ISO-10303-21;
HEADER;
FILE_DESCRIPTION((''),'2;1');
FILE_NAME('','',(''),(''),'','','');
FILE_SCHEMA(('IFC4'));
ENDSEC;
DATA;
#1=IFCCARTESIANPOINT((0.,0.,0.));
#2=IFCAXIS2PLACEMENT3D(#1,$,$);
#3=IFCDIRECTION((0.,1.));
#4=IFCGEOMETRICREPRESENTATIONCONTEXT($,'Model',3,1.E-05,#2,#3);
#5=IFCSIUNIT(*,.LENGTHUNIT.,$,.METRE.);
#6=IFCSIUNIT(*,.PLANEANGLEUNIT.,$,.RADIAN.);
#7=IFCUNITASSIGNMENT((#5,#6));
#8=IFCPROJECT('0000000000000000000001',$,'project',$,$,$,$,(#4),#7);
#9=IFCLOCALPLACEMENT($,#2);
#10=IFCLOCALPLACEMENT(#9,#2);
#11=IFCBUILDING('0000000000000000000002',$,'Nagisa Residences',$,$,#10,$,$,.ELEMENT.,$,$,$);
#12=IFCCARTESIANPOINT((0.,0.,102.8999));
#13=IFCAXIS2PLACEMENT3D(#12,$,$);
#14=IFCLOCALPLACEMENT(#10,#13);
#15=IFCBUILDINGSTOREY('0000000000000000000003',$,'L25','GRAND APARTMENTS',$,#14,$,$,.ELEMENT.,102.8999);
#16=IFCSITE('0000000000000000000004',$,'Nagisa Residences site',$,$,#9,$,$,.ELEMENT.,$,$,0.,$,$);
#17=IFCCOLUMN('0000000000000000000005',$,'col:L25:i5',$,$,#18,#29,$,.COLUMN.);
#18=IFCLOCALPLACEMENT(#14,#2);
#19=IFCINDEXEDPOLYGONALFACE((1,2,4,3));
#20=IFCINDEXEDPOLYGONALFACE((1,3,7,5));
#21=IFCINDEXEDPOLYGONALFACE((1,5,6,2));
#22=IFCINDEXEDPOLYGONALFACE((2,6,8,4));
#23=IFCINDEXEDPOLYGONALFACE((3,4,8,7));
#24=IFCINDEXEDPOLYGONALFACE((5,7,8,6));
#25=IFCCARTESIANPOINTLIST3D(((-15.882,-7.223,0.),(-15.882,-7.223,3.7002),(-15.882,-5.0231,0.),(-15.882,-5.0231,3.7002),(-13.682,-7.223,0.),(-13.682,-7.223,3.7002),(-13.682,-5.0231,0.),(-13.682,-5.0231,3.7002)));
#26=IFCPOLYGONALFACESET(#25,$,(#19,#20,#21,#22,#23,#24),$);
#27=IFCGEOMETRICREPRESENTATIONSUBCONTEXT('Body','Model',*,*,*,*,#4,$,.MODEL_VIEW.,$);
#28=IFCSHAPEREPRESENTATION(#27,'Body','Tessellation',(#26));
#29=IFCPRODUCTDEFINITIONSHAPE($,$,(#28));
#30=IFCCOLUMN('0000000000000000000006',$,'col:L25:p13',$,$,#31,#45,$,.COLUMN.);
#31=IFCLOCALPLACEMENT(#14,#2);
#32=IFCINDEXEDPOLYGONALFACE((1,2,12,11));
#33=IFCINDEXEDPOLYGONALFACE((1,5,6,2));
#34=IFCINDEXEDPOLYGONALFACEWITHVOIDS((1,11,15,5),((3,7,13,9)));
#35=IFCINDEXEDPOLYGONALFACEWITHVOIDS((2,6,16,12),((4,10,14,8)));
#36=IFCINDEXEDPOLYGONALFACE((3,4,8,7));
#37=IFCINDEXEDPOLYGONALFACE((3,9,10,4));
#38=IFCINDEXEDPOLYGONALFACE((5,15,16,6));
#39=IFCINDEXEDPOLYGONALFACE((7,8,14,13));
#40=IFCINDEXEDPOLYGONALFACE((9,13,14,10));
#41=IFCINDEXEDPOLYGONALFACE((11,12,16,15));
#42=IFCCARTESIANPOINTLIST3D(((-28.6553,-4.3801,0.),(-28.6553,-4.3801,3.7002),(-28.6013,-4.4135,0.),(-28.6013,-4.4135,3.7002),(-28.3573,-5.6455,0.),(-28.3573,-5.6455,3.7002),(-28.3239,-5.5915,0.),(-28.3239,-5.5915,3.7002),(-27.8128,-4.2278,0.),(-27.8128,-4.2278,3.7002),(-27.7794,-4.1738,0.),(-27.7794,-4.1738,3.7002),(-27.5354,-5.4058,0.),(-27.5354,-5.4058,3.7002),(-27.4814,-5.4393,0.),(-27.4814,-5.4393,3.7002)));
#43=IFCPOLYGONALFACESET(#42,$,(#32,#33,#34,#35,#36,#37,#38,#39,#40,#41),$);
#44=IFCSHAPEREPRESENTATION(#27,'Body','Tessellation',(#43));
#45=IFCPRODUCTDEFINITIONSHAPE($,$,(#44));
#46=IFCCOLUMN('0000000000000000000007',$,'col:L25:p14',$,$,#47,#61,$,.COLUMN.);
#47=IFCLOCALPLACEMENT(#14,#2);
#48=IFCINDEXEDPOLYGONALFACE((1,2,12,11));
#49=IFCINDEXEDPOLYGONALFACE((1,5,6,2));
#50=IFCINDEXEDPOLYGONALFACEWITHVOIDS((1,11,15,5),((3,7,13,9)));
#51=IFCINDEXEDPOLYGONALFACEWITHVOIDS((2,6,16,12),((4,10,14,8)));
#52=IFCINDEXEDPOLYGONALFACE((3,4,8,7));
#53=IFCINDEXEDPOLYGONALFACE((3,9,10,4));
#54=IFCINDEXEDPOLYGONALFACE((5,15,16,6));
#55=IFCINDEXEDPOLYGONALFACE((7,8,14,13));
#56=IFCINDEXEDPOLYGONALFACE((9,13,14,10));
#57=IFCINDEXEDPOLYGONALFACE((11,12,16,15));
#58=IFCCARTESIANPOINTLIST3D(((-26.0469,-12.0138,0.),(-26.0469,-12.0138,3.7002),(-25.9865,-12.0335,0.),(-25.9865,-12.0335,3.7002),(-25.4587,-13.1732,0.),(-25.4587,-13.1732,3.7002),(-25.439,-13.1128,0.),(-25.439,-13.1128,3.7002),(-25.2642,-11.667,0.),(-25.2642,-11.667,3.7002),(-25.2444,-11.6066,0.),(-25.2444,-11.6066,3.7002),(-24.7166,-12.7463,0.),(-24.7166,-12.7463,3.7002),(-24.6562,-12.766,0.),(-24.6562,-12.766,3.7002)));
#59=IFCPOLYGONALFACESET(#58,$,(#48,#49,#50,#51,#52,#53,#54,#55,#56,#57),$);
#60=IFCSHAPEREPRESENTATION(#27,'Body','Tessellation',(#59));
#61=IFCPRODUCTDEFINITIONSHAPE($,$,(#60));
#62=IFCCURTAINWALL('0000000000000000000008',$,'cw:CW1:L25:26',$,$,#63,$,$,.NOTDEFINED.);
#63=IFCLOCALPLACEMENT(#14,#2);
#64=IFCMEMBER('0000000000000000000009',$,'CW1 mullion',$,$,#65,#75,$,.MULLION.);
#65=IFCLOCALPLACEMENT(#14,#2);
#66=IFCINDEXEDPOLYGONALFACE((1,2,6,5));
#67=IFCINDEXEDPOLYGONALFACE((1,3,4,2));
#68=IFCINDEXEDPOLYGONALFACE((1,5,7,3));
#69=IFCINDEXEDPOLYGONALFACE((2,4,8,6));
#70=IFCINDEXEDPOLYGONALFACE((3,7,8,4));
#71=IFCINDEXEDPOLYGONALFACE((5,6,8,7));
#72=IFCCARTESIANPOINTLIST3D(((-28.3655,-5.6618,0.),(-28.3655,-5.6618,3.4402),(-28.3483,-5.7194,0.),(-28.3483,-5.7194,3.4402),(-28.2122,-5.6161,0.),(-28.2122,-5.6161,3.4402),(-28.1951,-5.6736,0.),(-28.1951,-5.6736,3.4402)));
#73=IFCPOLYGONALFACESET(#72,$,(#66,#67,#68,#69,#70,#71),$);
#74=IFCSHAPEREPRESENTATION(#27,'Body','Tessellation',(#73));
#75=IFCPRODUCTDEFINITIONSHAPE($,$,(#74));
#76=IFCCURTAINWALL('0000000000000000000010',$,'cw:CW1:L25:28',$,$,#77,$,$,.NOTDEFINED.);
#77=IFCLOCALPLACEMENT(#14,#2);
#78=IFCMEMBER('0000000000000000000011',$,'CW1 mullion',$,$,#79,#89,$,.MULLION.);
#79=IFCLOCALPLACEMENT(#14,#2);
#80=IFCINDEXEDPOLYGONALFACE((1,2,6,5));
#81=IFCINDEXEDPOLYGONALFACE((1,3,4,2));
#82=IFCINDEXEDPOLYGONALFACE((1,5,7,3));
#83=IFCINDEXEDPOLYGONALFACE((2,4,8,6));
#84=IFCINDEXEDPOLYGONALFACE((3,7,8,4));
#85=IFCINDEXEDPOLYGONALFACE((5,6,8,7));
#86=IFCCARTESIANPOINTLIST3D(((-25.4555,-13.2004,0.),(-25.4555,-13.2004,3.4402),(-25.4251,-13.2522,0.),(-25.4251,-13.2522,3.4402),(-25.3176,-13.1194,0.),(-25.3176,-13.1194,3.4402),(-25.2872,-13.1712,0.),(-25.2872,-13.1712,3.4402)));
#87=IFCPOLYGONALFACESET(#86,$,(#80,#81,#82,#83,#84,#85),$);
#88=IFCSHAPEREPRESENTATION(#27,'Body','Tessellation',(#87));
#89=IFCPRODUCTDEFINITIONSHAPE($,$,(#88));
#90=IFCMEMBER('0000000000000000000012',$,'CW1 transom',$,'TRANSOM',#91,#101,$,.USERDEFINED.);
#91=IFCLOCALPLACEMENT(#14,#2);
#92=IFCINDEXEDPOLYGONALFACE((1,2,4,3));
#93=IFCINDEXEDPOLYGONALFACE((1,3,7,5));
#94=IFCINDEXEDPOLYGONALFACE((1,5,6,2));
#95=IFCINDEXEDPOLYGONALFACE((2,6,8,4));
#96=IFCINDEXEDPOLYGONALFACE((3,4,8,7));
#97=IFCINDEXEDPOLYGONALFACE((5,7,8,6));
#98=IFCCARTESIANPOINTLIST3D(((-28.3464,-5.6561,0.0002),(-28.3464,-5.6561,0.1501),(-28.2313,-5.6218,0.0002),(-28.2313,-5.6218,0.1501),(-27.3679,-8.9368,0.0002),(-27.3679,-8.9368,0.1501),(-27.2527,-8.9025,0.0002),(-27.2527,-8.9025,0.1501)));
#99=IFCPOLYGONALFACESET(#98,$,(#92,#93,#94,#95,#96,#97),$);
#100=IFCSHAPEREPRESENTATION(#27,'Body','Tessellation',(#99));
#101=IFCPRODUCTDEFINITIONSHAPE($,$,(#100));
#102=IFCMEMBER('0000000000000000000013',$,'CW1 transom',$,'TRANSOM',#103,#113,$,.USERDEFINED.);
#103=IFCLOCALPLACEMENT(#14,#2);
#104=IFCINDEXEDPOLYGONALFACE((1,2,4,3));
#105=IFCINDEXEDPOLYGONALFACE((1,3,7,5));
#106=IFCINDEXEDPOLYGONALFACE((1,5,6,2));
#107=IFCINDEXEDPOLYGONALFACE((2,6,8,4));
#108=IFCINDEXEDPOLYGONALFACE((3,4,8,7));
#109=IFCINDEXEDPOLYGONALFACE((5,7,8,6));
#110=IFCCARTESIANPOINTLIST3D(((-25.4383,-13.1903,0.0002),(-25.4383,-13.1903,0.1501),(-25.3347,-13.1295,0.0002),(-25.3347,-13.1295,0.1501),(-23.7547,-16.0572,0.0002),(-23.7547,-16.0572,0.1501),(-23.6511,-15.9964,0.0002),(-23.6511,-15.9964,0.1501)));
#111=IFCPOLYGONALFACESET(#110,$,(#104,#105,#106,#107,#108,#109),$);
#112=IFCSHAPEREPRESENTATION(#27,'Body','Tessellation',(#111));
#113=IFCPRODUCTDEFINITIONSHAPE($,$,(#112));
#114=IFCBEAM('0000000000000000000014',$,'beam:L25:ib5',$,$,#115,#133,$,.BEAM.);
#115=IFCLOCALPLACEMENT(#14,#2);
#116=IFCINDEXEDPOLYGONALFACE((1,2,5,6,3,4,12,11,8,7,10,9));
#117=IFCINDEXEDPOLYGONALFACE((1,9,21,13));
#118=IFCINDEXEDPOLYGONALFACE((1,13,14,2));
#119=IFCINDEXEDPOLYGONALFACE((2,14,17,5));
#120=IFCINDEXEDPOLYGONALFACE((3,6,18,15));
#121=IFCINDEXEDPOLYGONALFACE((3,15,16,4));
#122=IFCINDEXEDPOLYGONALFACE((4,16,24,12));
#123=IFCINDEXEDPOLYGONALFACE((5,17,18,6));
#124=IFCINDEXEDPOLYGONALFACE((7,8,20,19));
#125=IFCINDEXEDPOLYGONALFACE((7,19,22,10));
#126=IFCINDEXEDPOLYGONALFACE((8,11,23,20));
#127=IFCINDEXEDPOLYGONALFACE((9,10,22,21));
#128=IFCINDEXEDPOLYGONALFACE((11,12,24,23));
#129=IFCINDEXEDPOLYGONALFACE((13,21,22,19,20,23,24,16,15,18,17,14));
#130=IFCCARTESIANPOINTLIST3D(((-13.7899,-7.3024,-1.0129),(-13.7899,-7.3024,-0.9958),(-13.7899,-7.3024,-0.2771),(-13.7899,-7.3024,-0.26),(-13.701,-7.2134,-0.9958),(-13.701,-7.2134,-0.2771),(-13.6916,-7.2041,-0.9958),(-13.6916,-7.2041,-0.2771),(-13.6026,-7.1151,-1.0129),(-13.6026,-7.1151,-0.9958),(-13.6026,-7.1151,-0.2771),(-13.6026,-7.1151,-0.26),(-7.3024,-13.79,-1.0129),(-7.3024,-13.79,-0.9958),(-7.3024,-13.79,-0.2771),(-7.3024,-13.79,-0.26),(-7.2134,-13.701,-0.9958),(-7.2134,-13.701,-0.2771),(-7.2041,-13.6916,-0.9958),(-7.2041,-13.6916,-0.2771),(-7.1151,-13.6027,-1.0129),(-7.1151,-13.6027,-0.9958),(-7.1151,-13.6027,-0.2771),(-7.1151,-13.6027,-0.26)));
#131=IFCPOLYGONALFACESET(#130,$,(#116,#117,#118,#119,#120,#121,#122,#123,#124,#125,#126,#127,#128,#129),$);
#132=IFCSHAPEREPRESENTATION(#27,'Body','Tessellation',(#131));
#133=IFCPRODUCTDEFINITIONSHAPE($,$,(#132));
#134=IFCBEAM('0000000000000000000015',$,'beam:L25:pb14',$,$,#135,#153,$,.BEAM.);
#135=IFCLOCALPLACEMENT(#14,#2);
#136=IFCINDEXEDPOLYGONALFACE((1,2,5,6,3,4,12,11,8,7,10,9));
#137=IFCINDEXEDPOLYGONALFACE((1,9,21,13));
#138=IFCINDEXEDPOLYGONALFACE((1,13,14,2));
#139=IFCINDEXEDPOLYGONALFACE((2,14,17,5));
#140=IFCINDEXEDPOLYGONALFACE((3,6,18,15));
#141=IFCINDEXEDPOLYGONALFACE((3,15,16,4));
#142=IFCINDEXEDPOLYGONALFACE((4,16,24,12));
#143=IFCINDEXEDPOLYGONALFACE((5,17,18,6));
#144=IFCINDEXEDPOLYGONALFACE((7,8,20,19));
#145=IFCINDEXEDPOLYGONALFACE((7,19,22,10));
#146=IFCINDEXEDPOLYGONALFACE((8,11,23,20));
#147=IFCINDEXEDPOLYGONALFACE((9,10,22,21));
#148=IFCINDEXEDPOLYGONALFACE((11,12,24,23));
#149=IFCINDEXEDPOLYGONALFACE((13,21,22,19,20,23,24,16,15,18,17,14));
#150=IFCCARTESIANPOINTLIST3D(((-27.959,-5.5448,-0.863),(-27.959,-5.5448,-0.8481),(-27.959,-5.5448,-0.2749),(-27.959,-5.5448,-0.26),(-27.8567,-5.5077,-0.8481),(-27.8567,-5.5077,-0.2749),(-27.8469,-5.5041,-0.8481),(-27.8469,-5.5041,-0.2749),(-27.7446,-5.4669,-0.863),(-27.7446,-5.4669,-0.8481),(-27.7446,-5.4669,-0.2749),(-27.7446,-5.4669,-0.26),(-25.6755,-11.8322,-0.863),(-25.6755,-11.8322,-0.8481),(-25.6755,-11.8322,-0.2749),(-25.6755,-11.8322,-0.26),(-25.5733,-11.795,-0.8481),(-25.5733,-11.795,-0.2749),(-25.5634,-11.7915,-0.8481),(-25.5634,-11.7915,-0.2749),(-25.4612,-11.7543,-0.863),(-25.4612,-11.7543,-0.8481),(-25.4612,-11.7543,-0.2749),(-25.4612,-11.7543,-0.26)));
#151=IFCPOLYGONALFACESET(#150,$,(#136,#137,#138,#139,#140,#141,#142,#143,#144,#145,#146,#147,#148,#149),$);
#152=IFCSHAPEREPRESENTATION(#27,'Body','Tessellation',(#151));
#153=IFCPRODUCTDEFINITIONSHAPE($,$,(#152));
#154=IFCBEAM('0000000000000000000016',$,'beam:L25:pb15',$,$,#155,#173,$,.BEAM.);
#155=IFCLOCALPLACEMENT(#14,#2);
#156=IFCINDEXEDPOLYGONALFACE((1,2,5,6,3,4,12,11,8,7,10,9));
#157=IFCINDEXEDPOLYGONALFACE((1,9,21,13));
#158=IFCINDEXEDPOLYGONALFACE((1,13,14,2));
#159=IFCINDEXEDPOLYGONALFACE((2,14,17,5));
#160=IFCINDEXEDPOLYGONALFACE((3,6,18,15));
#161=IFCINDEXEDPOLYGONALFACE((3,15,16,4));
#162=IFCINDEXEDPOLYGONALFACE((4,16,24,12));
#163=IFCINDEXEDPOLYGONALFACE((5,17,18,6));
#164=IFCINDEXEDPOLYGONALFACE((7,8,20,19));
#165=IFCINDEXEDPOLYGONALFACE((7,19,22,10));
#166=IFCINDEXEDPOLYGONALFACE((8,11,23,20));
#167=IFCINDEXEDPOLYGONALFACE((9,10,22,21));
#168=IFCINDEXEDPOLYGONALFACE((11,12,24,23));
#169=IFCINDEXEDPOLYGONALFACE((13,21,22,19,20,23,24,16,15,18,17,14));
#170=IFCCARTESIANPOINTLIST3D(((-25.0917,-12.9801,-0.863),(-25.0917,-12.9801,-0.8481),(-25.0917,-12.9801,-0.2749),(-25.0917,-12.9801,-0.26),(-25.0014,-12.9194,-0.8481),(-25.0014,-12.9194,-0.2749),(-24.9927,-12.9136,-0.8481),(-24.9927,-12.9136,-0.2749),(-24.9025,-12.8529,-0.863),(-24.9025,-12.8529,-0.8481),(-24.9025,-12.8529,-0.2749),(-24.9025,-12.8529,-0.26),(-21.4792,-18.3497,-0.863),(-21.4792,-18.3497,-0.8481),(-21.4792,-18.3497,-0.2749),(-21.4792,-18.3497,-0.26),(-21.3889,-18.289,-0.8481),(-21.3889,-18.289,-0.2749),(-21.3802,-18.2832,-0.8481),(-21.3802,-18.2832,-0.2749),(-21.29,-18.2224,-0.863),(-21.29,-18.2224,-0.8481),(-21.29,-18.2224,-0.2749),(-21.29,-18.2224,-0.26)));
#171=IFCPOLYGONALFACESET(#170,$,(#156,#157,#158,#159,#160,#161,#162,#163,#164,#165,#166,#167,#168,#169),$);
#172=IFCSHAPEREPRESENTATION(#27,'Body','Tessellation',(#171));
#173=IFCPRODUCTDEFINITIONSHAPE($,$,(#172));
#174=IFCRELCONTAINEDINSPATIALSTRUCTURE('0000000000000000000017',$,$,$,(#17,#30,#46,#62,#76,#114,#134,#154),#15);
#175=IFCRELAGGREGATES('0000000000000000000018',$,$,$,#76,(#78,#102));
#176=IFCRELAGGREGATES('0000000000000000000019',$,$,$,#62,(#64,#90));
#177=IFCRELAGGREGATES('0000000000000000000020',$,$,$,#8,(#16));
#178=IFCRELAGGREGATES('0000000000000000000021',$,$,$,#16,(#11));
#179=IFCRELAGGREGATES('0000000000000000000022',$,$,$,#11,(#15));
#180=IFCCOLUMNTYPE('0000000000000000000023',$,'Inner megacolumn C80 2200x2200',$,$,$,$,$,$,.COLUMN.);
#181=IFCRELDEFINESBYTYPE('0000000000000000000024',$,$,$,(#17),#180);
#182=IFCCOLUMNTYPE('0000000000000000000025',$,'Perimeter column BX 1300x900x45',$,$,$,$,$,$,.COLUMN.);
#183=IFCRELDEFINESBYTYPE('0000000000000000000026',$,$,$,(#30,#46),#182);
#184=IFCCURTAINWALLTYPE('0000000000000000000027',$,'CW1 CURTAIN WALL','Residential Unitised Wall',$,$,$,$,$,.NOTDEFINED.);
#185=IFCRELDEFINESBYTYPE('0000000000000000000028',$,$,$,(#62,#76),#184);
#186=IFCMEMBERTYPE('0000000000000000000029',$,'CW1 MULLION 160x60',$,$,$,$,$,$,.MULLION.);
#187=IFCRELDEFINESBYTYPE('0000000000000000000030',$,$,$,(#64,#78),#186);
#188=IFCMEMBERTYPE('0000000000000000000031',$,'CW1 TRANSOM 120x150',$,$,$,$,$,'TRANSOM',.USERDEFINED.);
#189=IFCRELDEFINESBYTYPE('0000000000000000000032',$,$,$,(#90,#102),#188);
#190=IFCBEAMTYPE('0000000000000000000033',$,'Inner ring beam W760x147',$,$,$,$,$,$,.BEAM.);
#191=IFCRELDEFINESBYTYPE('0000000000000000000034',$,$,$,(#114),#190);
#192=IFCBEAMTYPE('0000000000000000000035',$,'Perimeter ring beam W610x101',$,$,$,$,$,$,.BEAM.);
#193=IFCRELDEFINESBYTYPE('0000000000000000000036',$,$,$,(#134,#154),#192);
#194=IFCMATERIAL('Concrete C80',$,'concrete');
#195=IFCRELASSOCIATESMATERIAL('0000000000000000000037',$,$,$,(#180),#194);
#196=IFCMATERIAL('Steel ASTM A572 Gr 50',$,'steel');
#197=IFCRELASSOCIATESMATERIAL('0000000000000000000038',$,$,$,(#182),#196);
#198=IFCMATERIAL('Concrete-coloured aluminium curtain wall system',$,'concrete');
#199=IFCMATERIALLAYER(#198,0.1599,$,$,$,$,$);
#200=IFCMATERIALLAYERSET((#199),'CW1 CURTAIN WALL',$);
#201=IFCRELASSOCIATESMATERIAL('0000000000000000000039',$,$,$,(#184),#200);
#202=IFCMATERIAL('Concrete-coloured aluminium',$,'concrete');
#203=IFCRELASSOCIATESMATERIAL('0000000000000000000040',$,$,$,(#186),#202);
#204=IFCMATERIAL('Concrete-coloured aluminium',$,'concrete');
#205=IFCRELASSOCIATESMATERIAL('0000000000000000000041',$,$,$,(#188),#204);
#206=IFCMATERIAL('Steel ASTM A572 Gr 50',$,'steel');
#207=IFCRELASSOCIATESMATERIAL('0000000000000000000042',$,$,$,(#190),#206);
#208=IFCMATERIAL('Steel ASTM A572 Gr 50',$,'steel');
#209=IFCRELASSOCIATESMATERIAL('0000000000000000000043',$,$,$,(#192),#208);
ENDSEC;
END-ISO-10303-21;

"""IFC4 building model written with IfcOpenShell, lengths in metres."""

from ifc_helpers import new_model, si_unit, direction, frame, origin, origin_2d, place, context, subcontext, project, spatial, rectangle, hollow_rectangle, i_section, extrude, material, layer, layer_set, material_profile, profile_set, type_object, element, aggregate, save


model = new_model("IFC4")

# Units and contexts
model_context = context("Model", 3, precision=1e-05, world=origin(), true_north=direction((0.0, 1.0)))
body_context = subcontext(model_context, "Body", "Model", "MODEL_VIEW")
ifc_project = project(units=[si_unit("LENGTHUNIT", "METRE"), si_unit("PLANEANGLEUNIT", "RADIAN")], contexts=[model_context])

# Site, building, storey
site_placement = place(None, origin())
site = spatial("IfcSite", under=ifc_project, at=site_placement, Name="Nagisa Residences site", CompositionType="ELEMENT", RefElevation=0.0)
building_placement = place(site_placement, origin())
building = spatial("IfcBuilding", under=site, at=building_placement, Name="Nagisa Residences", CompositionType="ELEMENT")
storey_placement = place(building_placement, frame((0.0, 0.0, 102.8999)))
storey = spatial("IfcBuildingStorey", under=building, at=storey_placement, Name="L25", Description="GRAND APARTMENTS", CompositionType="ELEMENT", Elevation=102.8999)

# Columns
ifc_material_1 = material(Name="Concrete C80", Category="concrete")
ifc_material_profile_1 = material_profile(ifc_material_1, rectangle(XDim=2.2, YDim=2.2, at=origin_2d()), Name="C80 2200x2200")
ifc_profile_set_1 = profile_set([ifc_material_profile_1], Name="Concrete C80")
column_type_1 = type_object("IfcColumnType", Name="Inner megacolumn C80 2200x2200", PredefinedType="COLUMN", material=ifc_profile_set_1)
column_placement = place(storey_placement, frame((-14.782, -6.123, 0.0), z_axis=(0.0, 0.0, 1.0), x_axis=(1.0, 0.0, 0.0)))
element("IfcColumn", 1, at=column_placement, inside=storey, type_object=column_type_1, Name="col:L25:i5", PredefinedType="COLUMN", context=body_context, shape_type="SweptSolid", body=[
    extrude(rectangle(XDim=2.2, YDim=2.2, at=origin_2d()), origin(), (0.0, 0.0, 1.0), 3.7002),
])
ifc_material_2 = material(Name="Steel ASTM A572 Gr 50", Category="steel")
ifc_material_profile_2 = material_profile(ifc_material_2, hollow_rectangle(XDim=1.3, YDim=0.8999, WallThickness=0.0449, at=origin_2d()), Name="BX 1300x900x45")
ifc_profile_set_2 = profile_set([ifc_material_profile_2], Name="Steel ASTM A572 Gr 50")
column_type_2 = type_object("IfcColumnType", Name="Perimeter column BX 1300x900x45", PredefinedType="COLUMN", material=ifc_profile_set_2)
for number, where, z_axis, x_axis, name in (
    (2, (-28.0684, -4.9097, 0.0), (0.0, 0.0, 1.0), (0.229202, -0.973379, 0.0), "col:L25:p13"),
    (3, (-25.3516, -12.3899, 0.0), (0.0, 0.0, 1.0), (0.452463, -0.891783, 0.0), "col:L25:p14"),
):
    element("IfcColumn", number, at=place(storey_placement, frame(where, z_axis=z_axis, x_axis=x_axis)), inside=storey, type_object=column_type_2, Name=name, PredefinedType="COLUMN", context=body_context, shape_type="SweptSolid", body=[
        extrude(hollow_rectangle(XDim=1.3, YDim=0.8999, WallThickness=0.0449, at=origin_2d()), origin(), (0.0, 0.0, 1.0), 3.7002),
    ])

# Curtain walls, members
ifc_material_3 = material(Name="Concrete-coloured aluminium curtain wall system", Category="concrete")
ifc_layer_1 = layer(ifc_material_3, 0.1599)
ifc_layer_set_1 = layer_set([ifc_layer_1], Name="CW1 CURTAIN WALL")
curtain_wall_type = type_object("IfcCurtainWallType", Name="CW1 CURTAIN WALL", Description="Residential Unitised Wall", PredefinedType="NOTDEFINED", material=ifc_layer_set_1)
curtain_wall_1_placement = place(storey_placement, origin())
curtain_wall_1 = element("IfcCurtainWall", 4, at=curtain_wall_1_placement, inside=storey, type_object=curtain_wall_type, Name="cw:CW1:L25:26", PredefinedType="NOTDEFINED")
ifc_material_4 = material(Name="Concrete-coloured aluminium", Category="concrete")
ifc_material_profile_3 = material_profile(ifc_material_4, rectangle(XDim=0.1599, YDim=0.0601, at=origin_2d()), Name="CW1 MULLION 160x60")
ifc_profile_set_3 = profile_set([ifc_material_profile_3], Name="Concrete-coloured aluminium")
member_type_1 = type_object("IfcMemberType", Name="CW1 MULLION 160x60", PredefinedType="MULLION", material=ifc_profile_set_3)
member_1_placement = place(storey_placement, frame((-28.2803, -5.6677, 0.0), z_axis=(0.0, 0.0, 1.0), x_axis=(0.958271, 0.28586, 0.0)))
member_1 = element("IfcMember", 5, at=member_1_placement, type_object=member_type_1, Name="CW1 mullion", PredefinedType="MULLION", context=body_context, shape_type="SweptSolid", body=[
    extrude(rectangle(XDim=0.1599, YDim=0.0601, at=origin_2d()), origin(), (0.0, 0.0, 1.0), 3.4402),
])
curtain_wall_2_placement = place(storey_placement, origin())
curtain_wall_2 = element("IfcCurtainWall", 6, at=curtain_wall_2_placement, inside=storey, type_object=curtain_wall_type, Name="cw:CW1:L25:28", PredefinedType="NOTDEFINED")
member_2_placement = place(storey_placement, frame((-25.3713, -13.1858, 0.0), z_axis=(0.0, 0.0, 1.0), x_axis=(0.862329, 0.506349, 0.0)))
member_2 = element("IfcMember", 7, at=member_2_placement, type_object=member_type_1, Name="CW1 mullion", PredefinedType="MULLION", context=body_context, shape_type="SweptSolid", body=[
    extrude(rectangle(XDim=0.1599, YDim=0.0601, at=origin_2d()), origin(), (0.0, 0.0, 1.0), 3.4402),
])

# Members
ifc_material_5 = material(Name="Concrete-coloured aluminium", Category="concrete")
ifc_material_profile_4 = material_profile(ifc_material_5, rectangle(XDim=0.1201, YDim=0.1499, at=origin_2d()), Name="CW1 TRANSOM 120x150")
ifc_profile_set_4 = profile_set([ifc_material_profile_4], Name="Concrete-coloured aluminium")
member_type_2 = type_object("IfcMemberType", Name="CW1 TRANSOM 120x150", ElementType="TRANSOM", PredefinedType="USERDEFINED", material=ifc_profile_set_4)
member_3_placement = place(storey_placement, frame((-28.2888, -5.6389, 0.0752), z_axis=(0.285817, -0.958284, 0.0), x_axis=(0.958284, 0.285817, 0.0)))
member_3 = element("IfcMember", 8, at=member_3_placement, type_object=member_type_2, Name="CW1 transom", ObjectType="TRANSOM", PredefinedType="USERDEFINED", context=body_context, shape_type="SweptSolid", body=[
    extrude(rectangle(XDim=0.1201, YDim=0.1499, at=origin_2d()), origin(), (0.0, 0.0, 1.0), 3.4236),
])
member_4_placement = place(storey_placement, frame((-25.3865, -13.1599, 0.0752), z_axis=(0.506385, -0.862308, 0.0), x_axis=(0.862308, 0.506385, 0.0)))
member_4 = element("IfcMember", 9, at=member_4_placement, type_object=member_type_2, Name="CW1 transom", ObjectType="TRANSOM", PredefinedType="USERDEFINED", context=body_context, shape_type="SweptSolid", body=[
    extrude(rectangle(XDim=0.1201, YDim=0.1499, at=origin_2d()), origin(), (0.0, 0.0, 1.0), 3.3247),
])
aggregate(curtain_wall_2, [member_2, member_4])

# Beams
ifc_material_6 = material(Name="Steel ASTM A572 Gr 50", Category="steel")
ifc_material_profile_5 = material_profile(ifc_material_6, i_section(OverallWidth=0.2649, OverallDepth=0.7529, WebThickness=0.0132, FlangeThickness=0.0171, at=origin_2d()), Name="W760x147")
ifc_profile_set_5 = profile_set([ifc_material_profile_5], Name="Steel ASTM A572 Gr 50")
beam_type_1 = type_object("IfcBeamType", Name="Inner ring beam W760x147", PredefinedType="BEAM", material=ifc_profile_set_5)
beam_1_placement = place(storey_placement, frame((-13.6963, -7.2087, -0.6365), z_axis=(0.707107, -0.707107, 0.0), x_axis=(0.707107, 0.707107, 0.0)))
element("IfcBeam", 10, at=beam_1_placement, inside=storey, type_object=beam_type_1, Name="beam:L25:ib5", PredefinedType="BEAM", context=body_context, shape_type="SweptSolid", body=[
    extrude(i_section(OverallWidth=0.2649, OverallDepth=0.7529, WebThickness=0.0132, FlangeThickness=0.0171, at=origin_2d()), origin(), (0.0, 0.0, 1.0), 9.1748),
])
ifc_material_7 = material(Name="Steel ASTM A572 Gr 50", Category="steel")
ifc_material_profile_6 = material_profile(ifc_material_7, i_section(OverallWidth=0.228, OverallDepth=0.603, WebThickness=0.0105, FlangeThickness=0.0149, at=origin_2d()), Name="W610x101")
ifc_profile_set_6 = profile_set([ifc_material_profile_6], Name="Steel ASTM A572 Gr 50")
beam_type_2 = type_object("IfcBeamType", Name="Perimeter ring beam W610x101", PredefinedType="BEAM", material=ifc_profile_set_6)
beam_2_placement = place(storey_placement, frame((-27.8518, -5.5059, -0.5615), z_axis=(0.341365, -0.939931, 0.0), x_axis=(0.939931, 0.341365, 0.0)))
element("IfcBeam", 11, at=beam_2_placement, inside=storey, type_object=beam_type_2, Name="beam:L25:pb14", PredefinedType="BEAM", context=body_context, shape_type="SweptSolid", body=[
    extrude(i_section(OverallWidth=0.228, OverallDepth=0.603, WebThickness=0.0105, FlangeThickness=0.0149, at=origin_2d()), origin(), (0.0, 0.0, 1.0), 6.6892),
])
beam_3_placement = place(storey_placement, frame((-24.9971, -12.9165, -0.5615), z_axis=(0.558204, -0.829704, 0.0), x_axis=(0.829704, 0.558204, 0.0)))
element("IfcBeam", 12, at=beam_3_placement, inside=storey, type_object=beam_type_2, Name="beam:L25:pb15", PredefinedType="BEAM", context=body_context, shape_type="SweptSolid", body=[
    extrude(i_section(OverallWidth=0.228, OverallDepth=0.603, WebThickness=0.0105, FlangeThickness=0.0149, at=origin_2d()), origin(), (0.0, 0.0, 1.0), 6.4717),
])

aggregate(curtain_wall_1, [member_1, member_3])

save(model, "model.ifc")
